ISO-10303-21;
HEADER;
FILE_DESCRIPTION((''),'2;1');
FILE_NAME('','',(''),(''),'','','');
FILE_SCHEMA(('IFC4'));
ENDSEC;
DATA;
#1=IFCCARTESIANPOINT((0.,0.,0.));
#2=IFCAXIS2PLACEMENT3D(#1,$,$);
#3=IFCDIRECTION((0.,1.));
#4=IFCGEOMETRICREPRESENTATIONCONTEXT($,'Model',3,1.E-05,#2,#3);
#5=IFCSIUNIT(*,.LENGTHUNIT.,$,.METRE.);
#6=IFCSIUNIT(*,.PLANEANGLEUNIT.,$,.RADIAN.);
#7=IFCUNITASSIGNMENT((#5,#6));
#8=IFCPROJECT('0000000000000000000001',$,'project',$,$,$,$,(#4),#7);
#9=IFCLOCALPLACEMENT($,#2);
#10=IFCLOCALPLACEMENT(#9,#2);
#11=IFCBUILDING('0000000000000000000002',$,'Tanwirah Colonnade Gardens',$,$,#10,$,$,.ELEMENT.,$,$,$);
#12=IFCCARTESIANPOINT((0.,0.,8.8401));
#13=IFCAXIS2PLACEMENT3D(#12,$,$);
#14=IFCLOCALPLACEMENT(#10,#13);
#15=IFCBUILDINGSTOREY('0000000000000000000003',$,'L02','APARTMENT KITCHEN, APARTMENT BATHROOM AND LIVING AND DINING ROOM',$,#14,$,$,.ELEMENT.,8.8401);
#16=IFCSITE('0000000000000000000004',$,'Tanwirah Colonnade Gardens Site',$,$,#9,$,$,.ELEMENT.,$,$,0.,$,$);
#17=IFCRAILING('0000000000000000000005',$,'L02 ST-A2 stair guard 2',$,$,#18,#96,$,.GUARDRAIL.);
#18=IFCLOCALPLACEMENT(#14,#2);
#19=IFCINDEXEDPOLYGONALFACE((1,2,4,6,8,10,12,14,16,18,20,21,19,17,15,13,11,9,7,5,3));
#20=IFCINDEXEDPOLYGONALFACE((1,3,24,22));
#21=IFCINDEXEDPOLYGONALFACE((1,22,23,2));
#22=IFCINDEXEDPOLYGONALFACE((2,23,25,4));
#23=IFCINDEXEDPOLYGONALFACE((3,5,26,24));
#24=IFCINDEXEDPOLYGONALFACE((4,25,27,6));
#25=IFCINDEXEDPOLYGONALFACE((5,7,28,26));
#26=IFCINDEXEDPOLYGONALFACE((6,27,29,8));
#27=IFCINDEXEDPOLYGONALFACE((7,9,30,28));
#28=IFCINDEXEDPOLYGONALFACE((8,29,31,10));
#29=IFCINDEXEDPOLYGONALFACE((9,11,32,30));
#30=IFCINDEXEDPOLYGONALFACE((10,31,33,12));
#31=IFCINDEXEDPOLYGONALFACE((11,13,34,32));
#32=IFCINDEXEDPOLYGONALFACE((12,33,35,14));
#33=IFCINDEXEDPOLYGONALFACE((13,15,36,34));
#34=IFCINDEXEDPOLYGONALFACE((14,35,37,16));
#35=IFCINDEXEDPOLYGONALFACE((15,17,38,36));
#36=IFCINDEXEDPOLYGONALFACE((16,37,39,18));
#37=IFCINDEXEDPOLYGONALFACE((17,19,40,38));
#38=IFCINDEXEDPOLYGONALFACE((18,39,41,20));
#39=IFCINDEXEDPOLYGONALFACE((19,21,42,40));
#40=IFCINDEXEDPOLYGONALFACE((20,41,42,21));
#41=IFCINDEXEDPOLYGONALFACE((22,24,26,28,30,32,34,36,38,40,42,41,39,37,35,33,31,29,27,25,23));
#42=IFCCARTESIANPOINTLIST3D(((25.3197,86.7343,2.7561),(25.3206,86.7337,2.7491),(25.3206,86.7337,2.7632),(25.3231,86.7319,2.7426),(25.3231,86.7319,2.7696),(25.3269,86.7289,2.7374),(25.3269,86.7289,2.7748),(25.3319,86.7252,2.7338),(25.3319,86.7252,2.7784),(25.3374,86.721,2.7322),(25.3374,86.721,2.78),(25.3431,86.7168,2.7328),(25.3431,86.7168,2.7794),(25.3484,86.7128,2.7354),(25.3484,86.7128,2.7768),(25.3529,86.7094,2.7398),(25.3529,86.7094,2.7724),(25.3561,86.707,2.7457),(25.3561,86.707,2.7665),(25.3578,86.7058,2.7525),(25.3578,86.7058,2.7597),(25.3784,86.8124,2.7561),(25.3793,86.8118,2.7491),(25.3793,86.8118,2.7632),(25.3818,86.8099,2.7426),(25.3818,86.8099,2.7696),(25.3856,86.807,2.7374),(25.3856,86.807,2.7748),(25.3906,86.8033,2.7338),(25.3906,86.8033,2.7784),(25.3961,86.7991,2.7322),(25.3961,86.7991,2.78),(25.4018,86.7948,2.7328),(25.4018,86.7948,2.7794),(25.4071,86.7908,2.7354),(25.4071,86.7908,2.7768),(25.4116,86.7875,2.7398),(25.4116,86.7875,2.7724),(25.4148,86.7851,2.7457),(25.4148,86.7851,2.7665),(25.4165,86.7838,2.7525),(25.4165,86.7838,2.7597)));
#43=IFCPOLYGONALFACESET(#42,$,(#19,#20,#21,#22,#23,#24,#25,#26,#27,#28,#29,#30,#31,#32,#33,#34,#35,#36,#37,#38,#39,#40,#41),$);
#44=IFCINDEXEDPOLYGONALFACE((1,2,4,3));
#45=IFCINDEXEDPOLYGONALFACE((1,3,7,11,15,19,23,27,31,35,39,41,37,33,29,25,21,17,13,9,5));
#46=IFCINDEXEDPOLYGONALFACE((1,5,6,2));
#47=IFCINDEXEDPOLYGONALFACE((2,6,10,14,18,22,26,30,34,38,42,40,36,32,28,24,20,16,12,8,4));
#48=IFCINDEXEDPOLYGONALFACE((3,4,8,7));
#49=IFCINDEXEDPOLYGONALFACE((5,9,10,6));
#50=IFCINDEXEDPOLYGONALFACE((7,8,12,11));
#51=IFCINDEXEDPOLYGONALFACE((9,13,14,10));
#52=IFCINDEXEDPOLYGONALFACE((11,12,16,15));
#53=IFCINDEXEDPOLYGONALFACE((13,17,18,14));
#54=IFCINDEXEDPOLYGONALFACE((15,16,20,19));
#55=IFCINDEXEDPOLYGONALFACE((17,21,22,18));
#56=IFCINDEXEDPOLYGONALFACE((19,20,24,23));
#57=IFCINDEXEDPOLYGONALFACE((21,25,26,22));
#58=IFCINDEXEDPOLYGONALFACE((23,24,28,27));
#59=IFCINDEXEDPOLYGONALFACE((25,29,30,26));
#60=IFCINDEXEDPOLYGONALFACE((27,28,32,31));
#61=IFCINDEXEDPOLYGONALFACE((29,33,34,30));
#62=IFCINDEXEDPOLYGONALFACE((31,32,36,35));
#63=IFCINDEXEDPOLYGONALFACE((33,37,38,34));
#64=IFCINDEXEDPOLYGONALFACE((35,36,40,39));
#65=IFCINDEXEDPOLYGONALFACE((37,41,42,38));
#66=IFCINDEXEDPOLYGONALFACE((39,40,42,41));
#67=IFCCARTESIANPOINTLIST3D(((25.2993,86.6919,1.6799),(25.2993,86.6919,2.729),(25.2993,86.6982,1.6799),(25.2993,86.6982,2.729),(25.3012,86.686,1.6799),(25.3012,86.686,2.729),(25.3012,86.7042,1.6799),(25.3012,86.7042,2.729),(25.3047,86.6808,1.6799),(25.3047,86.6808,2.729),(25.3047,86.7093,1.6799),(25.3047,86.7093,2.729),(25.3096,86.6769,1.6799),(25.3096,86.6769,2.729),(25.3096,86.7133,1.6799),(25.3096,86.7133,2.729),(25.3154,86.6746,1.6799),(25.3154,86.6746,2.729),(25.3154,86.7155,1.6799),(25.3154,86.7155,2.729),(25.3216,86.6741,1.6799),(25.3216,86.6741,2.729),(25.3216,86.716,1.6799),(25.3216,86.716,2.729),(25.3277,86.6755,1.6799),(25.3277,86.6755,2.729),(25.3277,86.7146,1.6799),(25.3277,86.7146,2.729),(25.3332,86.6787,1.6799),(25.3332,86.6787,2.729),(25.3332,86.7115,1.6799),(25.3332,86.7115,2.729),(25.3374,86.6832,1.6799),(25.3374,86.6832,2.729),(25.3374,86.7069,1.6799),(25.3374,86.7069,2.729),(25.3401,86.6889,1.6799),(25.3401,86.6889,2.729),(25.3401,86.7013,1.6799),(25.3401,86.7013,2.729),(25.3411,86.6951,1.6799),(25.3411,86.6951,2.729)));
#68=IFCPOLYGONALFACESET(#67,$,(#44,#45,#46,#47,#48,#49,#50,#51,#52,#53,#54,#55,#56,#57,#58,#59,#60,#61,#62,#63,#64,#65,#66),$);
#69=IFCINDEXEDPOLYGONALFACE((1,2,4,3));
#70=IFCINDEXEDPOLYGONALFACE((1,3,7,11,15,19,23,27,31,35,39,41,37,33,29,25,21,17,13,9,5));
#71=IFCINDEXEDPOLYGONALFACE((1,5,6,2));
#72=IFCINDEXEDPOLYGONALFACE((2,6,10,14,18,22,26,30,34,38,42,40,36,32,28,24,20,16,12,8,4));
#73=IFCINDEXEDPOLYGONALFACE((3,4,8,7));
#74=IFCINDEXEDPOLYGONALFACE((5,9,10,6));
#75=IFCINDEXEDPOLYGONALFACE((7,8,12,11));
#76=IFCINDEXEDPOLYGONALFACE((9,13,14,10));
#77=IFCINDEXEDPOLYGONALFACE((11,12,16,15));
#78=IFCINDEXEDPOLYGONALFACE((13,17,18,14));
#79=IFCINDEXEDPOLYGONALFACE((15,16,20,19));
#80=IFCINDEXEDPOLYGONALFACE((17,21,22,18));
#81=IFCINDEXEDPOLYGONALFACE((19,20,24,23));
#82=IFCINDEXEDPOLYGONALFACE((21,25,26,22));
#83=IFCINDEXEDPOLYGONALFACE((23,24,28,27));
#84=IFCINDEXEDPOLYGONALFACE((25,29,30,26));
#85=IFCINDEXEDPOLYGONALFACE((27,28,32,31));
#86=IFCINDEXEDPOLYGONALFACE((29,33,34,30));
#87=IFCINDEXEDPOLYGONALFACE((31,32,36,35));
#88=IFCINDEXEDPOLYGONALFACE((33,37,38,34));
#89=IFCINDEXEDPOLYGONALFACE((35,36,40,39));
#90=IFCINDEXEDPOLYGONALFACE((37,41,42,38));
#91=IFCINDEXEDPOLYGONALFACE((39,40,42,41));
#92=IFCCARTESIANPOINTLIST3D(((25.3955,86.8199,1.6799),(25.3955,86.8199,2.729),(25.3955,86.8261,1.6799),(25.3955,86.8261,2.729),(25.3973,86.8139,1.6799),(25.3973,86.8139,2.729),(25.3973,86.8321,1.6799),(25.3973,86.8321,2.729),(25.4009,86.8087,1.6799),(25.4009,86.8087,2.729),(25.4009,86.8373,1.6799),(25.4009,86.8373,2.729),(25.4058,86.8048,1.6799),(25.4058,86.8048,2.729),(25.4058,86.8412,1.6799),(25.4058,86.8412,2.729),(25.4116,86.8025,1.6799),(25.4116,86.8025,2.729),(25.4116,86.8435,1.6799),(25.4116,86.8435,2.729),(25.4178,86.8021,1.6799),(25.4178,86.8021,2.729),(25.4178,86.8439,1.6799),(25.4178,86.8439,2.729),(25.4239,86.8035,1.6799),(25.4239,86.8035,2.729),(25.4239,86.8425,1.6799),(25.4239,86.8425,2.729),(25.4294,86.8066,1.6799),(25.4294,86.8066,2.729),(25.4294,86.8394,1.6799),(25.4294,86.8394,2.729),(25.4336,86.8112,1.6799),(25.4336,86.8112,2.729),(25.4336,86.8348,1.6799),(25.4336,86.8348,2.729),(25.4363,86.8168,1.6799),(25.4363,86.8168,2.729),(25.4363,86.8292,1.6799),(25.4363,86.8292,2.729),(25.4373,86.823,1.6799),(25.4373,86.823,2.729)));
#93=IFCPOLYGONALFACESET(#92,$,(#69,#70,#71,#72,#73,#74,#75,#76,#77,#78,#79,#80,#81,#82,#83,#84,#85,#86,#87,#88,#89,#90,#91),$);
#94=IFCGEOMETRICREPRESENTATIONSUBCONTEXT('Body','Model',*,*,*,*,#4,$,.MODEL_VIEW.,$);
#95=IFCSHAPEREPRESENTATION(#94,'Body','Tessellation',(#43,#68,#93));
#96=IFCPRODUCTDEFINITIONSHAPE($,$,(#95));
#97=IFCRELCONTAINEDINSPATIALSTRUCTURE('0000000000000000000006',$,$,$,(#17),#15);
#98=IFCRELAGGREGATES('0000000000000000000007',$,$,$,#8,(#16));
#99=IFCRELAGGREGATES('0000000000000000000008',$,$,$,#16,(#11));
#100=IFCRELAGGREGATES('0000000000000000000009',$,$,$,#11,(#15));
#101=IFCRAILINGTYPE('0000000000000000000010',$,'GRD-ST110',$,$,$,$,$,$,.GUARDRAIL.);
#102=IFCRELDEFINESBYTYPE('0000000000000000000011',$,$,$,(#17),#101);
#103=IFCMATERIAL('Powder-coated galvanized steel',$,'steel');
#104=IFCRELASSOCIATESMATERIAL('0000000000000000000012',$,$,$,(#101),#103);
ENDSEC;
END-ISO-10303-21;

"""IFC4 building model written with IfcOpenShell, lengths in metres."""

from ifc_helpers import new_model, si_unit, direction, frame, origin, origin_2d, place, context, subcontext, project, spatial, circle, extrude, material, type_object, element, save


model = new_model("IFC4")

# Units and contexts
model_context = context("Model", 3, precision=1e-05, world=origin(), true_north=direction((0.0, 1.0)))
body_context = subcontext(model_context, "Body", "Model", "MODEL_VIEW")
ifc_project = project(units=[si_unit("LENGTHUNIT", "METRE"), si_unit("PLANEANGLEUNIT", "RADIAN")], contexts=[model_context])

# Site, building, storey
site_placement = place(None, origin())
site = spatial("IfcSite", under=ifc_project, at=site_placement, Name="Tanwirah Colonnade Gardens Site", CompositionType="ELEMENT", RefElevation=0.0)
building_placement = place(site_placement, origin())
building = spatial("IfcBuilding", under=site, at=building_placement, Name="Tanwirah Colonnade Gardens", CompositionType="ELEMENT")
storey_placement = place(building_placement, frame((0.0, 0.0, 8.8401)))
storey = spatial("IfcBuildingStorey", under=building, at=storey_placement, Name="L02", Description="APARTMENT KITCHEN, APARTMENT BATHROOM AND LIVING AND DINING ROOM", CompositionType="ELEMENT", Elevation=8.8401)

# Railing
ifc_material_1 = material(Name="Powder-coated galvanized steel", Category="steel")
railing_type_1 = type_object("IfcRailingType", Name="GRD-ST110", PredefinedType="GUARDRAIL", material=ifc_material_1)
railing_1_placement = place(storey_placement, frame((25.3201, 86.6951, 1.6799)))
element("IfcRailing", 1, at=railing_1_placement, inside=storey, type_object=railing_type_1, Name="L02 ST-A2 stair guard 2", PredefinedType="GUARDRAIL", context=body_context, shape_type="SweptSolid", body=[
    extrude(circle(Radius=0.0239, at=origin_2d()), frame((0.0188, 0.0249, 1.0762), z_axis=(0.600976, 0.799267, 0.0), x_axis=(-0.799267, 0.600976, 0.0)), (0.0, 0.0, 1.0), 0.0977),
    extrude(circle(Radius=0.021, at=origin_2d()), origin(), (0.0, 0.0, 1.0), 1.0491),
    extrude(circle(Radius=0.021, at=origin_2d()), frame((0.0962, 0.1279, 0.0)), (0.0, 0.0, 1.0), 1.0491),
])

save(model, "model.ifc")
